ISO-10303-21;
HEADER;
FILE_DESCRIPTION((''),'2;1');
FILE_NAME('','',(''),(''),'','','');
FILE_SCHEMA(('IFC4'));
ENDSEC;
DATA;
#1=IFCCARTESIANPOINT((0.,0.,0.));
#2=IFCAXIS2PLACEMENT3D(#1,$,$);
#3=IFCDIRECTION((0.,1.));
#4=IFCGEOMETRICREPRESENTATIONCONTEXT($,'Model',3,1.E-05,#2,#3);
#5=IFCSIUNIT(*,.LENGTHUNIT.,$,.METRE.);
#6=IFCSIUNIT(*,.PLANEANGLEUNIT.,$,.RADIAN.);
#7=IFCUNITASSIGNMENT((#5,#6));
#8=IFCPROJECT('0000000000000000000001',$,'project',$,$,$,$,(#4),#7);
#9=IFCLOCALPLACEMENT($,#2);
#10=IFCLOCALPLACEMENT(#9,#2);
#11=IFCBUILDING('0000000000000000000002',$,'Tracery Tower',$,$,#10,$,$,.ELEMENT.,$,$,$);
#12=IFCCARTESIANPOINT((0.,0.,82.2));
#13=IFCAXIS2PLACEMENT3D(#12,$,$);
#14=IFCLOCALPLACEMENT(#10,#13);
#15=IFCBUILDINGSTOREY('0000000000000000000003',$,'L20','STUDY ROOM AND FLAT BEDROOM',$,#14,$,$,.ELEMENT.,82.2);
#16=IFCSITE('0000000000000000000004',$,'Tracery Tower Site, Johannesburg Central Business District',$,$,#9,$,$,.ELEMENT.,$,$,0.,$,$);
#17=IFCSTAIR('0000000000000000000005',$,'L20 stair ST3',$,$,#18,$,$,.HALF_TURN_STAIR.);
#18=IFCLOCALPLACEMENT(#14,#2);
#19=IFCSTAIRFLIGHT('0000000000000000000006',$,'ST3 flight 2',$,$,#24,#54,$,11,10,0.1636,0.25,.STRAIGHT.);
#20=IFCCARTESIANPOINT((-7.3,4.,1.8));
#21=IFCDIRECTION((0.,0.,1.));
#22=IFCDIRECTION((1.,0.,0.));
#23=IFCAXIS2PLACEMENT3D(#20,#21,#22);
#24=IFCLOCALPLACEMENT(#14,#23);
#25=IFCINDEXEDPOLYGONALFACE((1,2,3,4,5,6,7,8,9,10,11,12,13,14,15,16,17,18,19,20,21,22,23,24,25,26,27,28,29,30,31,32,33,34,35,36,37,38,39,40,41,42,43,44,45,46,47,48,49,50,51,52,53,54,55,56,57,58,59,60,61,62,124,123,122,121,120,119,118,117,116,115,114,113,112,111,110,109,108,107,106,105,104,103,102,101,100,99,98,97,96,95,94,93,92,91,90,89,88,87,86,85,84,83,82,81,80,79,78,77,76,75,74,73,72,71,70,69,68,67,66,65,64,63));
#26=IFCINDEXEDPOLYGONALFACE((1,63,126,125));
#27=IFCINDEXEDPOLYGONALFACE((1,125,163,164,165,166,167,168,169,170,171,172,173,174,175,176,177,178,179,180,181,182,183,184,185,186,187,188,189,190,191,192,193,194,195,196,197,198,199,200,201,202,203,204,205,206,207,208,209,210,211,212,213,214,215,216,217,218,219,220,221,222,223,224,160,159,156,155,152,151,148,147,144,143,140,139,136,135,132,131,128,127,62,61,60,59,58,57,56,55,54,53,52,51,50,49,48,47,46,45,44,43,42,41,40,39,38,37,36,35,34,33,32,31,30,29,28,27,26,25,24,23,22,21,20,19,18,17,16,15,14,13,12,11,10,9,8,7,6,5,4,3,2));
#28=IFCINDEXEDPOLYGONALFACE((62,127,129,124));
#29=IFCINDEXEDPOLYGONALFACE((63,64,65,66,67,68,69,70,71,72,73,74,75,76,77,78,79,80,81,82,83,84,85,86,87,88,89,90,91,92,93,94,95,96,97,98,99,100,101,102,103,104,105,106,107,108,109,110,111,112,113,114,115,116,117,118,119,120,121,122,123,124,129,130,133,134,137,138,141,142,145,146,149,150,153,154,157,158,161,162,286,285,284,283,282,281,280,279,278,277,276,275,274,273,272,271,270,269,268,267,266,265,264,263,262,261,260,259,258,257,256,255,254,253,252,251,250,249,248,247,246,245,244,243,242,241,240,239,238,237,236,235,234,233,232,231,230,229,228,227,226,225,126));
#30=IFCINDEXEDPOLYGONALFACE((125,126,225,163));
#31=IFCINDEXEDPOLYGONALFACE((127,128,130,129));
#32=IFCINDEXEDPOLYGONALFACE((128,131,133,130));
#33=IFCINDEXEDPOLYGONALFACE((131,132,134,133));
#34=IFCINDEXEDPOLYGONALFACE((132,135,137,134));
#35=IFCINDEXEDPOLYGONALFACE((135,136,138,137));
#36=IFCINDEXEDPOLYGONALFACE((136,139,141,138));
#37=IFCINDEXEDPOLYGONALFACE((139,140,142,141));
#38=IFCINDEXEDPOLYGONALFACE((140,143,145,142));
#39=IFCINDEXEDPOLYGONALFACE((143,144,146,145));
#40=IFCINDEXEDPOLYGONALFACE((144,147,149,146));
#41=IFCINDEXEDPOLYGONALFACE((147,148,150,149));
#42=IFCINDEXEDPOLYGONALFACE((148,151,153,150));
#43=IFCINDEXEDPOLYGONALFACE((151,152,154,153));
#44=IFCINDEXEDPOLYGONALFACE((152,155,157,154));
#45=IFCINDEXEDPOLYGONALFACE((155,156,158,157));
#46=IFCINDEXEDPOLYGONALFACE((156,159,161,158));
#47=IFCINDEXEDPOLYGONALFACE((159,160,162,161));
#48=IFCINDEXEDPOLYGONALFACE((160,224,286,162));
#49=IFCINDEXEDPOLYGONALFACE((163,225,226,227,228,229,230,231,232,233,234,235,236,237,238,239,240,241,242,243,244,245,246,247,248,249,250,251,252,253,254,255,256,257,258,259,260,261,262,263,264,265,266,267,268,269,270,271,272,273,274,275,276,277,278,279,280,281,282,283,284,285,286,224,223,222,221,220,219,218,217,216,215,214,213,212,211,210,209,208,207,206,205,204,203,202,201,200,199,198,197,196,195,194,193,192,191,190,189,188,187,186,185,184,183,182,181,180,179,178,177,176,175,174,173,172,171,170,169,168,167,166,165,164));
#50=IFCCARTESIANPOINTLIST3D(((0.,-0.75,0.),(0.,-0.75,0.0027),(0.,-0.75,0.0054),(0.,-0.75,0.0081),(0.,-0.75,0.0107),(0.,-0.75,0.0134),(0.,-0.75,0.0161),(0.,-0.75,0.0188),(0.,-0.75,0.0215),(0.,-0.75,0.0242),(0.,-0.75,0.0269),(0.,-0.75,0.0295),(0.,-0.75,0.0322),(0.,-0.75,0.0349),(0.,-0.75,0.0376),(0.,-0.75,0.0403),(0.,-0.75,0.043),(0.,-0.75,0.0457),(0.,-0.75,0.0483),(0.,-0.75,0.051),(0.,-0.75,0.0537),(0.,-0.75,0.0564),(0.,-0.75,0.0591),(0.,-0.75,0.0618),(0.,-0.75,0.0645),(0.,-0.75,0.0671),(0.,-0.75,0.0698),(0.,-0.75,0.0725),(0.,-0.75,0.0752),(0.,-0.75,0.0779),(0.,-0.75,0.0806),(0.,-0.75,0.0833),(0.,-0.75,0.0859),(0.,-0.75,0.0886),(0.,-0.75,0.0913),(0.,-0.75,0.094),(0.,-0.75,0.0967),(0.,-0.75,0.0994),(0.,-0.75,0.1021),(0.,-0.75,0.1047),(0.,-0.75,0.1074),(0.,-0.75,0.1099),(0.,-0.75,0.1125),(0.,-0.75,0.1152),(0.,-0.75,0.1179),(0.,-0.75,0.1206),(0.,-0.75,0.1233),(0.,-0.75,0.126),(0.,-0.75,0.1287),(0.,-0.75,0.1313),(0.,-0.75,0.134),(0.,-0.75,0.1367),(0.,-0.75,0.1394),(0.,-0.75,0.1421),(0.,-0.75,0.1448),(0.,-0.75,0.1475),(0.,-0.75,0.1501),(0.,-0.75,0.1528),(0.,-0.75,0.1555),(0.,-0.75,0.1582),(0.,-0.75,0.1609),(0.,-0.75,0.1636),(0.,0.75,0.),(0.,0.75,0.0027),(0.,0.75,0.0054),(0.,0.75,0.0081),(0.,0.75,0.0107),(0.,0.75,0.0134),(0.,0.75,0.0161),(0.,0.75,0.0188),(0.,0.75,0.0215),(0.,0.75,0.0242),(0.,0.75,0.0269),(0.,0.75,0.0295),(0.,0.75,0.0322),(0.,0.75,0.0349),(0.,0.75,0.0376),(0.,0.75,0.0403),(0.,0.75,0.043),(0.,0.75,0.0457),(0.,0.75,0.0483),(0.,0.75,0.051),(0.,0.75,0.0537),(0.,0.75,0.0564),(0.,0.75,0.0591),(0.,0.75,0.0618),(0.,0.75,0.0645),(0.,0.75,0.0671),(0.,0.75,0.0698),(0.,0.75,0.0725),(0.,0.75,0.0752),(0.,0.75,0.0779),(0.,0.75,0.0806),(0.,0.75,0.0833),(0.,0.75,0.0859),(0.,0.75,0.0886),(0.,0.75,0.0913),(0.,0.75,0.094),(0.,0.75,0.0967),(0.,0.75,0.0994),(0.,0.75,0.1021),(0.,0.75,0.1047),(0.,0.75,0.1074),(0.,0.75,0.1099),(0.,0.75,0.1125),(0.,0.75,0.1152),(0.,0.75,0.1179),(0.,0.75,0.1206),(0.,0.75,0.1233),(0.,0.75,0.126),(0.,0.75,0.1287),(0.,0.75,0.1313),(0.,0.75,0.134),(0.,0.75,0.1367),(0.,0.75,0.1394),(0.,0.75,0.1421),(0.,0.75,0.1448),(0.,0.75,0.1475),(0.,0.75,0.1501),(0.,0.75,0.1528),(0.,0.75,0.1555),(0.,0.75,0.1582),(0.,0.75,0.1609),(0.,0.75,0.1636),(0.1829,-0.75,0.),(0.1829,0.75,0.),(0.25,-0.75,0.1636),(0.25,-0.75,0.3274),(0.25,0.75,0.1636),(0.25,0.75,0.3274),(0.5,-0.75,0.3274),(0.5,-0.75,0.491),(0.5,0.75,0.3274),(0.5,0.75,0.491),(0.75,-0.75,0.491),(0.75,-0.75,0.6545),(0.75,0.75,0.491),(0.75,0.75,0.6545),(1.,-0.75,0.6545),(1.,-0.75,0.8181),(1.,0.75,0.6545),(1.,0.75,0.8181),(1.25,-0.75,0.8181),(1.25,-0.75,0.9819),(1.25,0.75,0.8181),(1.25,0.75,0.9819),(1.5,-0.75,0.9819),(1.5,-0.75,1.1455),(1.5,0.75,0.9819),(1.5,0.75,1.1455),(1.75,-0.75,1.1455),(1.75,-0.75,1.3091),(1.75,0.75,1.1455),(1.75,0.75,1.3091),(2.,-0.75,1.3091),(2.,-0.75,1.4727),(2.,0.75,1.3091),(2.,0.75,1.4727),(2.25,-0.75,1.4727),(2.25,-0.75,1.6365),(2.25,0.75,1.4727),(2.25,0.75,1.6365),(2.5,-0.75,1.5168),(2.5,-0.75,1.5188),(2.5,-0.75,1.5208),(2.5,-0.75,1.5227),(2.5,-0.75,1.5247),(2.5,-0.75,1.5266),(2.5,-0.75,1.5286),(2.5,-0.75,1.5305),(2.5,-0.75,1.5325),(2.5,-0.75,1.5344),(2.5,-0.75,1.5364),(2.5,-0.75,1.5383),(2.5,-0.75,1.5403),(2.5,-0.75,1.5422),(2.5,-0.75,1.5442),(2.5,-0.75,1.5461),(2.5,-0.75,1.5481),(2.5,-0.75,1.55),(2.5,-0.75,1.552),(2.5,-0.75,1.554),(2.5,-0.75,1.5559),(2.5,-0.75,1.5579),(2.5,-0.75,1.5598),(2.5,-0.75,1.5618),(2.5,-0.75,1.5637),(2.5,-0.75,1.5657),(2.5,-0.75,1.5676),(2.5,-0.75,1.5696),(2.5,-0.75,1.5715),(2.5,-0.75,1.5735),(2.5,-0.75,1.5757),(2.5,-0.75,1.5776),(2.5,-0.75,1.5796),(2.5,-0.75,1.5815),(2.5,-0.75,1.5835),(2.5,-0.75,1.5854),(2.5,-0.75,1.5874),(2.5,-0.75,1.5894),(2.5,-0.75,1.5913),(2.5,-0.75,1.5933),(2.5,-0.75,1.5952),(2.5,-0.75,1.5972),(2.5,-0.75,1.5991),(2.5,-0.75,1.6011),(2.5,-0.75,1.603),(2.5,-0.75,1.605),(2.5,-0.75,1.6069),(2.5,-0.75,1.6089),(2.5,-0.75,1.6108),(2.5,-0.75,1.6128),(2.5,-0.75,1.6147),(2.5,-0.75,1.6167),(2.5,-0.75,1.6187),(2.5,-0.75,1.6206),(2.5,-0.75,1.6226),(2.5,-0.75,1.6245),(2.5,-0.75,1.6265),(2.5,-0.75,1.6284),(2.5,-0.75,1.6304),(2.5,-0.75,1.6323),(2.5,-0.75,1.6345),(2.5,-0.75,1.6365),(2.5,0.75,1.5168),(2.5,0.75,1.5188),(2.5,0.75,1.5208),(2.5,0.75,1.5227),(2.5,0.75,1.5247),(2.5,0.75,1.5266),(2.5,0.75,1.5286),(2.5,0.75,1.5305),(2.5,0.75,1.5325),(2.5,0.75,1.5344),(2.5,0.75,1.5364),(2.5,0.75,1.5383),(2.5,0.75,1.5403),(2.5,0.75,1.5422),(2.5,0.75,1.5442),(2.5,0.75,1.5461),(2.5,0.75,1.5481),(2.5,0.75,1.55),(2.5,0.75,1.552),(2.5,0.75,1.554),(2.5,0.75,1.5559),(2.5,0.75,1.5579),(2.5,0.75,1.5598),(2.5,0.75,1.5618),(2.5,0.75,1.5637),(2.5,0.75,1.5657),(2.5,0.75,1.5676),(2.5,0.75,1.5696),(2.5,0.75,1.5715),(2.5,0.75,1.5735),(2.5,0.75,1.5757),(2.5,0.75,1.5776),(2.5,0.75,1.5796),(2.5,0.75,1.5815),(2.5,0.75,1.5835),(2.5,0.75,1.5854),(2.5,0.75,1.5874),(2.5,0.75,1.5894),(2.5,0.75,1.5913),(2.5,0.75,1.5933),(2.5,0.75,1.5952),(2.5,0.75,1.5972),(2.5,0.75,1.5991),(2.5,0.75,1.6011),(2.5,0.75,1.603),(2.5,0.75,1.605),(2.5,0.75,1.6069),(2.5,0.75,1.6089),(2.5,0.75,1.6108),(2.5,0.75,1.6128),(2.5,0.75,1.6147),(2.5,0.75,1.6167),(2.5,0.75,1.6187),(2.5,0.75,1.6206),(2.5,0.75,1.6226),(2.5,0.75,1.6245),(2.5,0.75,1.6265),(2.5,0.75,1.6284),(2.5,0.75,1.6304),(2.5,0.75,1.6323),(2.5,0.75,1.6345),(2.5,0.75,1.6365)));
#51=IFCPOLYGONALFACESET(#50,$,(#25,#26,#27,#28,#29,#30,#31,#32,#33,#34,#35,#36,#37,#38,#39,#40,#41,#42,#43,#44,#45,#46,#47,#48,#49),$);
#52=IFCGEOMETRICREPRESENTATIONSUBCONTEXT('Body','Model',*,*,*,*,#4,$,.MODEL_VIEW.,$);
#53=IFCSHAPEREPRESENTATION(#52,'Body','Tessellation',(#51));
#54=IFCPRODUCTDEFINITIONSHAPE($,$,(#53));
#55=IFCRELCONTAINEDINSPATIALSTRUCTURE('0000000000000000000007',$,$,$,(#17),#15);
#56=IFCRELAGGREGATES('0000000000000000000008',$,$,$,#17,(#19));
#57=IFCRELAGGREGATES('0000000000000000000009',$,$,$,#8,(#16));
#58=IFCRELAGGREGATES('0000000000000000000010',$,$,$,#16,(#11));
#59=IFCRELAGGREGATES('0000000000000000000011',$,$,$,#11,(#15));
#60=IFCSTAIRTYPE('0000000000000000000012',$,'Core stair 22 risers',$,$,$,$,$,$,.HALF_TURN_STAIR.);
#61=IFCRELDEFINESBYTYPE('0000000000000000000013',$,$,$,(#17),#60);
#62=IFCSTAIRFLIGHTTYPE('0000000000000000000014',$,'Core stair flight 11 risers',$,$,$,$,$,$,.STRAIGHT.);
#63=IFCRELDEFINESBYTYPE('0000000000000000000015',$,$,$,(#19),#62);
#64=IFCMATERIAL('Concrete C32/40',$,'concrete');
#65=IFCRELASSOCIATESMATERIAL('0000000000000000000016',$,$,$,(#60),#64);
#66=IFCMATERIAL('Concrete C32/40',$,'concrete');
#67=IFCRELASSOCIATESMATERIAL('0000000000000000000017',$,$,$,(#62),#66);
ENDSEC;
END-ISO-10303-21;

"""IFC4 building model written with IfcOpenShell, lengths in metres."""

from ifc_helpers import new_model, si_unit, direction, frame, origin, place, context, subcontext, project, spatial, polyline, outline, extrude, material, type_object, element, aggregate, save


model = new_model("IFC4")

# Units and contexts
model_context = context("Model", 3, precision=1e-05, world=origin(), true_north=direction((0.0, 1.0)))
body_context = subcontext(model_context, "Body", "Model", "MODEL_VIEW")
ifc_project = project(units=[si_unit("LENGTHUNIT", "METRE"), si_unit("PLANEANGLEUNIT", "RADIAN")], contexts=[model_context])

# Site, building, storey
site_placement = place(None, origin())
site = spatial("IfcSite", under=ifc_project, at=site_placement, Name="Tracery Tower Site, Johannesburg Central Business District", CompositionType="ELEMENT", RefElevation=0.0)
building_placement = place(site_placement, origin())
building = spatial("IfcBuilding", under=site, at=building_placement, Name="Tracery Tower", CompositionType="ELEMENT")
storey_placement = place(building_placement, frame((0.0, 0.0, 82.2)))
storey = spatial("IfcBuildingStorey", under=building, at=storey_placement, Name="L20", Description="STUDY ROOM AND FLAT BEDROOM", CompositionType="ELEMENT", Elevation=82.2)

# Stair, stair flight
ifc_material_1 = material(Name="Concrete C32/40", Category="concrete")
stair_type = type_object("IfcStairType", Name="Core stair 22 risers", PredefinedType="HALF_TURN_STAIR", material=ifc_material_1)
stair_placement = place(storey_placement, origin())
stair = element("IfcStair", 1, at=stair_placement, inside=storey, type_object=stair_type, Name="L20 stair ST3", PredefinedType="HALF_TURN_STAIR")
ifc_material_2 = material(Name="Concrete C32/40", Category="concrete")
stair_flight_type = type_object("IfcStairFlightType", Name="Core stair flight 11 risers", PredefinedType="STRAIGHT", material=ifc_material_2)
stair_flight_1_placement = place(storey_placement, frame((-7.3, 4.0, 1.8), z_axis=(0.0, 0.0, 1.0), x_axis=(1.0, 0.0, 0.0)))
stair_flight_1 = element("IfcStairFlight", 2, at=stair_flight_1_placement, type_object=stair_flight_type, Name="ST3 flight 2", NumberOfRisers=11, NumberOfTreads=10, PredefinedType="STRAIGHT", RiserHeight=0.1636, TreadLength=0.25, context=body_context, shape_type="SweptSolid", body=[
    extrude(outline(polyline([(0.0, 0.0), (0.0, 0.0027), (0.0, 0.0054), (0.0, 0.0081), (0.0, 0.0107), (0.0, 0.0134), (0.0, 0.0161), (0.0, 0.0188), (0.0, 0.0215), (0.0, 0.0242), (0.0, 0.0269), (0.0, 0.0295), (0.0, 0.0322), (0.0, 0.0349), (0.0, 0.0376), (0.0, 0.0403), (0.0, 0.043), (0.0, 0.0457), (0.0, 0.0483), (0.0, 0.051), (0.0, 0.0537), (0.0, 0.0564), (0.0, 0.0591), (0.0, 0.0618), (0.0, 0.0645), (0.0, 0.0671), (0.0, 0.0698), (0.0, 0.0725), (0.0, 0.0752), (0.0, 0.0779), (0.0, 0.0806), (0.0, 0.0833), (0.0, 0.0859), (0.0, 0.0886), (0.0, 0.0913), (0.0, 0.094), (0.0, 0.0967), (0.0, 0.0994), (0.0, 0.1021), (0.0, 0.1047), (0.0, 0.1074), (0.0, 0.1099), (0.0, 0.1125), (0.0, 0.1152), (0.0, 0.1179), (0.0, 0.1206), (0.0, 0.1233), (0.0, 0.126), (0.0, 0.1287), (0.0, 0.1313), (0.0, 0.134), (0.0, 0.1367), (0.0, 0.1394), (0.0, 0.1421), (0.0, 0.1448), (0.0, 0.1475), (0.0, 0.1501), (0.0, 0.1528), (0.0, 0.1555), (0.0, 0.1582), (0.0, 0.1609), (0.0, 0.1636), (0.25, 0.1636), (0.25, 0.3274), (0.5, 0.3274), (0.5, 0.491), (0.75, 0.491), (0.75, 0.6545), (1.0, 0.6545), (1.0, 0.8181), (1.25, 0.8181), (1.25, 0.9819), (1.5, 0.9819), (1.5, 1.1455), (1.75, 1.1455), (1.75, 1.3091), (2.0, 1.3091), (2.0, 1.4727), (2.25, 1.4727), (2.25, 1.6365), (2.5, 1.6365), (2.5, 1.6345), (2.5, 1.6323), (2.5, 1.6304), (2.5, 1.6284), (2.5, 1.6265), (2.5, 1.6245), (2.5, 1.6226), (2.5, 1.6206), (2.5, 1.6187), (2.5, 1.6167), (2.5, 1.6147), (2.5, 1.6128), (2.5, 1.6108), (2.5, 1.6089), (2.5, 1.6069), (2.5, 1.605), (2.5, 1.603), (2.5, 1.6011), (2.5, 1.5991), (2.5, 1.5972), (2.5, 1.5952), (2.5, 1.5933), (2.5, 1.5913), (2.5, 1.5894), (2.5, 1.5874), (2.5, 1.5854), (2.5, 1.5835), (2.5, 1.5815), (2.5, 1.5796), (2.5, 1.5776), (2.5, 1.5757), (2.5, 1.5735), (2.5, 1.5715), (2.5, 1.5696), (2.5, 1.5676), (2.5, 1.5657), (2.5, 1.5637), (2.5, 1.5618), (2.5, 1.5598), (2.5, 1.5579), (2.5, 1.5559), (2.5, 1.554), (2.5, 1.552), (2.5, 1.55), (2.5, 1.5481), (2.5, 1.5461), (2.5, 1.5442), (2.5, 1.5422), (2.5, 1.5403), (2.5, 1.5383), (2.5, 1.5364), (2.5, 1.5344), (2.5, 1.5325), (2.5, 1.5305), (2.5, 1.5286), (2.5, 1.5266), (2.5, 1.5247), (2.5, 1.5227), (2.5, 1.5208), (2.5, 1.5188), (2.5, 1.5168), (0.1829, 0.0), (0.0, 0.0)])), frame((0.0, 0.75, 0.0), z_axis=(0.0, -1.0, 0.0), x_axis=(1.0, 0.0, 0.0)), (0.0, 0.0, 1.0), 1.5),
])
aggregate(stair, [stair_flight_1])

save(model, "model.ifc")
